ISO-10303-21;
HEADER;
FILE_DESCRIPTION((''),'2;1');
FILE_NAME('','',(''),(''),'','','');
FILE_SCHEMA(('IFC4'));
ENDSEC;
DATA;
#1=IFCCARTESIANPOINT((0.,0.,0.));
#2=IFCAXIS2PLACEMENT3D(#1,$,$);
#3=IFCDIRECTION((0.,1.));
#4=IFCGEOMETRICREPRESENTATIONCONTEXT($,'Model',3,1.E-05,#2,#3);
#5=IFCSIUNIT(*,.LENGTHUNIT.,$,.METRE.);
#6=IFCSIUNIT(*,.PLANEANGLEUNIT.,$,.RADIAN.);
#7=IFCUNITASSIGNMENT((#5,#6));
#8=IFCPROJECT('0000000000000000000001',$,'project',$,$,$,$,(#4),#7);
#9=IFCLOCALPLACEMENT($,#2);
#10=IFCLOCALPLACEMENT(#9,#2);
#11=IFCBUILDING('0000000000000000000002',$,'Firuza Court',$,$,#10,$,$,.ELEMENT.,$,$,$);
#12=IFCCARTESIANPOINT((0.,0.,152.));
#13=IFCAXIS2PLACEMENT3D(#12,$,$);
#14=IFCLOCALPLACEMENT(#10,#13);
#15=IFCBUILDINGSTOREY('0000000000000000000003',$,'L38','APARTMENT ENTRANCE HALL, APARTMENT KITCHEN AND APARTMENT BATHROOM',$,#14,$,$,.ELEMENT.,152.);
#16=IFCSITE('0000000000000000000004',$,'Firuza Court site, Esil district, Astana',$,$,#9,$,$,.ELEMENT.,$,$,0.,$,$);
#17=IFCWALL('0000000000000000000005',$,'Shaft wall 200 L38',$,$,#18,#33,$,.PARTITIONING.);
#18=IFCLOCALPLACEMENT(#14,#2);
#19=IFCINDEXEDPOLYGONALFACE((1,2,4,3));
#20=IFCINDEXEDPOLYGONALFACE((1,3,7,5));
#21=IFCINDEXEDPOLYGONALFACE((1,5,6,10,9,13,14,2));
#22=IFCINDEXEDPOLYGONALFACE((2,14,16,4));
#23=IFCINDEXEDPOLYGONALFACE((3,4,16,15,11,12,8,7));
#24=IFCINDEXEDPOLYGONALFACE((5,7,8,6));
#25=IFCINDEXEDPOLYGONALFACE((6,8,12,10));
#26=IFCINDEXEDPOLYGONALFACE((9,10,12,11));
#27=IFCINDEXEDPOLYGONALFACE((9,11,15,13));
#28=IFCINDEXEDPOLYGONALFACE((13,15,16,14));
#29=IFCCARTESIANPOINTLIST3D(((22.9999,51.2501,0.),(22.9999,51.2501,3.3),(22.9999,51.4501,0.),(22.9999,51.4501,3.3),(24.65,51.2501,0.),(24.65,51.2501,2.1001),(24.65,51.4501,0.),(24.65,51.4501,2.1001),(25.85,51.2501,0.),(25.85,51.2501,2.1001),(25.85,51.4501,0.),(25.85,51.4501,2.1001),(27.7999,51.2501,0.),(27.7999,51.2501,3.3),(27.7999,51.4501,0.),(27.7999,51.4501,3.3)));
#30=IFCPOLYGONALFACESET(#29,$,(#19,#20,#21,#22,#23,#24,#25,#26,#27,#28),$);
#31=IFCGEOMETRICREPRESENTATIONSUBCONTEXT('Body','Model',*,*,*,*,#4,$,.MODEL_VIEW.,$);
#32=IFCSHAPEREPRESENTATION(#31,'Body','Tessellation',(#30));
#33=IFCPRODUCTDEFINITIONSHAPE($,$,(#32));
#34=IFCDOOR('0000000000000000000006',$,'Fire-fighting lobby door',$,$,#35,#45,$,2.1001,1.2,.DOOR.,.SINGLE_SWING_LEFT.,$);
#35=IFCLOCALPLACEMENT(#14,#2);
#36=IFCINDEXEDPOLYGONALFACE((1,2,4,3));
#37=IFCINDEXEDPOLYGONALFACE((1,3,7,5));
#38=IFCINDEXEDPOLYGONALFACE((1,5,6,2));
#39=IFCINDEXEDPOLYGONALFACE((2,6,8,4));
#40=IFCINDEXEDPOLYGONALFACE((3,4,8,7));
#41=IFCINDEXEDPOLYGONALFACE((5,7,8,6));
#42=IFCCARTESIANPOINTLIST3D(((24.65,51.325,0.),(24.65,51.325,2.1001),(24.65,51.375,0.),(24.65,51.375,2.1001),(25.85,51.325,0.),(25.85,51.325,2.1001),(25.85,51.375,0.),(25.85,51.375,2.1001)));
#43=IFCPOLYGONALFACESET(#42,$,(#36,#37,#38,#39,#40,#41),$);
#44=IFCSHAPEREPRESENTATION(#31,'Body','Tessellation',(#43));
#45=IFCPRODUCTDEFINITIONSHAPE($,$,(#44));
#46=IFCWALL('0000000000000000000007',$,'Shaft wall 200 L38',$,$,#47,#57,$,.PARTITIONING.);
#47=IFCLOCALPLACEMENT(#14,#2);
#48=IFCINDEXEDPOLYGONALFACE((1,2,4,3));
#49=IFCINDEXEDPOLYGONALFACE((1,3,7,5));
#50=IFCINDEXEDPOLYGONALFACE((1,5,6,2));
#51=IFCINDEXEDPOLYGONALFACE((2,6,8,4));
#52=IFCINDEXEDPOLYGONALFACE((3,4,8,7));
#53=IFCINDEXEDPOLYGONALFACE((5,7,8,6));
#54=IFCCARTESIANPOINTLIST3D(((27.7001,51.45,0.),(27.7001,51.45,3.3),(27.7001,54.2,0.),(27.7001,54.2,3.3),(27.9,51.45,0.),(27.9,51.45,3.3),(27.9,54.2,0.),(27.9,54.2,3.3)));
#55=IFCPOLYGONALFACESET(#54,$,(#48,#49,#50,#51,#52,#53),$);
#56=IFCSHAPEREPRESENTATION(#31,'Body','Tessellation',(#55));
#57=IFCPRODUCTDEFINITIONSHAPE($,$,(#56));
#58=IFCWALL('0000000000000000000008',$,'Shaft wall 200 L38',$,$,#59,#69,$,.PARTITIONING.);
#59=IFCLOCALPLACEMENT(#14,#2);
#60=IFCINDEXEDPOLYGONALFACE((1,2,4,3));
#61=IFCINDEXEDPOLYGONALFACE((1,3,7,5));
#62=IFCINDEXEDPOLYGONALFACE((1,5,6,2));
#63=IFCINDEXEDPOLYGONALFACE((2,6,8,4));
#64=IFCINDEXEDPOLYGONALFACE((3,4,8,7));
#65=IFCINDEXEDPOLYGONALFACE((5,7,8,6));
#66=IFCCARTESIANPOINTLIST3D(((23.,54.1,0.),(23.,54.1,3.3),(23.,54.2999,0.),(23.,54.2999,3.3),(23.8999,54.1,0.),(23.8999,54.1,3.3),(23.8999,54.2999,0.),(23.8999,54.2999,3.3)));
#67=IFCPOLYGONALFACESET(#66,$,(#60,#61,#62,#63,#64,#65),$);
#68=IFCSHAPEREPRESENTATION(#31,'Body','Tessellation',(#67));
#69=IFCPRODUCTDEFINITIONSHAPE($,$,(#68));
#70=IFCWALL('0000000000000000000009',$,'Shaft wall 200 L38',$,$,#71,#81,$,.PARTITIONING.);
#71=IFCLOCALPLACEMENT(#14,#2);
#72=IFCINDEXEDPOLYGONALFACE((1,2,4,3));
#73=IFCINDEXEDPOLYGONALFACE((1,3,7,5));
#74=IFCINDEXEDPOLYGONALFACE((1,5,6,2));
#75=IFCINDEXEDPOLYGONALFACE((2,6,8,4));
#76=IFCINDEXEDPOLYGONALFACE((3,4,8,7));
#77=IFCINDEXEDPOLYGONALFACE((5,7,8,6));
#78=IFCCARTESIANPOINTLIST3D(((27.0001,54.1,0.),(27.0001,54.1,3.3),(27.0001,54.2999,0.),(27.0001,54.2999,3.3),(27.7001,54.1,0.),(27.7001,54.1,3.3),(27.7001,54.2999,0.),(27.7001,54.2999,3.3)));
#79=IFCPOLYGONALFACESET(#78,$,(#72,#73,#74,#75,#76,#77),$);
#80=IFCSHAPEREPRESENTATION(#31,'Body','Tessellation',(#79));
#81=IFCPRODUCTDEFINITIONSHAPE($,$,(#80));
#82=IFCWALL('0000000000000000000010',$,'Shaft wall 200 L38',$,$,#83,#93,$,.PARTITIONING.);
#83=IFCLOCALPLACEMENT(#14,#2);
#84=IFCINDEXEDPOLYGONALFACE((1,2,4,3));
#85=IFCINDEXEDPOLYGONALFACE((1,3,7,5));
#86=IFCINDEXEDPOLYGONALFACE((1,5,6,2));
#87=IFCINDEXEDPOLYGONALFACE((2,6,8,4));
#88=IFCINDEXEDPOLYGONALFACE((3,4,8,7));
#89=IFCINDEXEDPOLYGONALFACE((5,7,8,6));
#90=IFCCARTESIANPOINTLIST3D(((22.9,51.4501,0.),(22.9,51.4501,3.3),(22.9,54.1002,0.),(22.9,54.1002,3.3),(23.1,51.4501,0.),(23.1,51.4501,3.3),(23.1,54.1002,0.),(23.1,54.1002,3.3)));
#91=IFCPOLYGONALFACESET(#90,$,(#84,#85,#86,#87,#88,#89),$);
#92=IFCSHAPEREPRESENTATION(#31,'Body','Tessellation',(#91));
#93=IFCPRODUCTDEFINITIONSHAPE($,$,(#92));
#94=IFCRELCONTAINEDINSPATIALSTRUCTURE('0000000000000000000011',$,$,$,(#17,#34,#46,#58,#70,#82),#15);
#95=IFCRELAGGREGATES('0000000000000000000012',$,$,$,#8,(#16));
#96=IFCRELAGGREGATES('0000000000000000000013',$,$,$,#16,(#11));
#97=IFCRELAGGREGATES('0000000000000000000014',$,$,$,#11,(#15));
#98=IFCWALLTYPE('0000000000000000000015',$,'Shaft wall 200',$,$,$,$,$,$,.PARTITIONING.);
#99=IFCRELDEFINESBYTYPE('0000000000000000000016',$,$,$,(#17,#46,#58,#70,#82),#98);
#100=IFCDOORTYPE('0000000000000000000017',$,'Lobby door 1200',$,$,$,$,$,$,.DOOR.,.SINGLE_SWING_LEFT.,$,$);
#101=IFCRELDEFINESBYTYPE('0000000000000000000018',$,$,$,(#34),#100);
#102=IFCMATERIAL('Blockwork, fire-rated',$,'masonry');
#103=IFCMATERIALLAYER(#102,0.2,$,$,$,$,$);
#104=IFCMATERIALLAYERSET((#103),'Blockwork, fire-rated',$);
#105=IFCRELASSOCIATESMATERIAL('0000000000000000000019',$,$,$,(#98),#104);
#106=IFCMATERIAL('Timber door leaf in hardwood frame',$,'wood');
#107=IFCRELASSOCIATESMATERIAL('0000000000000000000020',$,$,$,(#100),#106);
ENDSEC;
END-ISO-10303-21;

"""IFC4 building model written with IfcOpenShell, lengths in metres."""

from ifc_helpers import new_model, si_unit, direction, frame, frame_2d, origin, place, context, subcontext, project, spatial, rectangle, extrude, material, layer, layer_set, type_object, element, fill, save


model = new_model("IFC4")

# Units and contexts
model_context = context("Model", 3, precision=1e-05, world=origin(), true_north=direction((0.0, 1.0)))
body_context = subcontext(model_context, "Body", "Model", "MODEL_VIEW")
ifc_project = project(units=[si_unit("LENGTHUNIT", "METRE"), si_unit("PLANEANGLEUNIT", "RADIAN")], contexts=[model_context])

# Site, building, storey
site_placement = place(None, origin())
site = spatial("IfcSite", under=ifc_project, at=site_placement, Name="Firuza Court site, Esil district, Astana", CompositionType="ELEMENT", RefElevation=0.0)
building_placement = place(site_placement, origin())
building = spatial("IfcBuilding", under=site, at=building_placement, Name="Firuza Court", CompositionType="ELEMENT")
storey_placement = place(building_placement, frame((0.0, 0.0, 152.0)))
storey = spatial("IfcBuildingStorey", under=building, at=storey_placement, Name="L38", Description="APARTMENT ENTRANCE HALL, APARTMENT KITCHEN AND APARTMENT BATHROOM", CompositionType="ELEMENT", Elevation=152.0)

# Shared definitions
ifc_material_1 = material(Name="Blockwork, fire-rated", Category="masonry")

# Wall, opening, door
ifc_layer_1 = layer(ifc_material_1, 0.2)
ifc_layer_set_1 = layer_set([ifc_layer_1], Name="Blockwork, fire-rated")
wall_type_1 = type_object("IfcWallType", Name="Shaft wall 200", PredefinedType="PARTITIONING", material=ifc_layer_set_1)
wall_1_placement = place(storey_placement, frame((23.0, 51.3501, 0.0), z_axis=(0.0, 0.0, 1.0), x_axis=(1.0, 0.0, 0.0)))
wall_1 = element("IfcWall", 1, at=wall_1_placement, inside=storey, type_object=wall_type_1, Name="Shaft wall 200 L38", PredefinedType="PARTITIONING", context=body_context, shape_type="SweptSolid", body=[
    extrude(rectangle(XDim=4.8, YDim=0.2, at=frame_2d((2.3999, 0.0))), origin(), (0.0, 0.0, 1.0), 3.3),
])
opening_1_placement = place(wall_1_placement, frame((1.6499, 0.0, 0.0)))
opening_1 = element("IfcOpeningElement", 2, at=opening_1_placement, cuts=wall_1, PredefinedType="OPENING", context=body_context, shape_type="SweptSolid", body=[
    extrude(rectangle(XDim=1.2, YDim=2.1001, at=frame_2d((0.6001, 1.05))), frame((0.0, 0.1118, 0.0), z_axis=(0.0, -1.0, 0.0), x_axis=(1.0, 0.0, 0.0)), (0.0, 0.0, 1.0), 0.2239),
])
ifc_material_2 = material(Name="Timber door leaf in hardwood frame", Category="wood")
door_type_1 = type_object("IfcDoorType", Name="Lobby door 1200", OperationType="SINGLE_SWING_LEFT", PredefinedType="DOOR", material=ifc_material_2)
door_1_placement = place(opening_1_placement, origin())
door_1 = element("IfcDoor", 3, at=door_1_placement, inside=storey, type_object=door_type_1, Name="Fire-fighting lobby door", OperationType="SINGLE_SWING_LEFT", OverallHeight=2.1001, OverallWidth=1.2, PredefinedType="DOOR", context=body_context, shape_type="SweptSolid", body=[
    extrude(rectangle(XDim=1.2, YDim=2.1001, at=frame_2d((0.6001, 1.05))), frame((0.0, 0.0249, 0.0), z_axis=(0.0, -1.0, 0.0), x_axis=(1.0, 0.0, 0.0)), (0.0, 0.0, 1.0), 0.05),
])
fill(opening_1, door_1)

# Walls
wall_2_placement = place(storey_placement, frame((27.8, 51.45, 0.0), z_axis=(0.0, 0.0, 1.0), x_axis=(0.0, 1.0, 0.0)))
element("IfcWall", 4, at=wall_2_placement, inside=storey, type_object=wall_type_1, Name="Shaft wall 200 L38", PredefinedType="PARTITIONING", context=body_context, shape_type="SweptSolid", body=[
    extrude(rectangle(XDim=2.75, YDim=0.2, at=frame_2d((1.375, 0.0))), origin(), (0.0, 0.0, 1.0), 3.3),
])
wall_3_placement = place(storey_placement, frame((23.0, 54.2, 0.0), z_axis=(0.0, 0.0, 1.0), x_axis=(1.0, 0.0, 0.0)))
element("IfcWall", 5, at=wall_3_placement, inside=storey, type_object=wall_type_1, Name="Shaft wall 200 L38", PredefinedType="PARTITIONING", context=body_context, shape_type="SweptSolid", body=[
    extrude(rectangle(XDim=0.8999, YDim=0.2, at=frame_2d((0.45, 0.0))), origin(), (0.0, 0.0, 1.0), 3.3),
])
wall_4_placement = place(storey_placement, frame((27.0, 54.2, 0.0), z_axis=(0.0, 0.0, 1.0), x_axis=(1.0, 0.0, 0.0)))
element("IfcWall", 6, at=wall_4_placement, inside=storey, type_object=wall_type_1, Name="Shaft wall 200 L38", PredefinedType="PARTITIONING", context=body_context, shape_type="SweptSolid", body=[
    extrude(rectangle(XDim=0.7, YDim=0.2, at=frame_2d((0.3501, 0.0))), origin(), (0.0, 0.0, 1.0), 3.3),
])
wall_5_placement = place(storey_placement, frame((23.0, 51.45, 0.0), z_axis=(0.0, 0.0, 1.0), x_axis=(0.0, 1.0, 0.0)))
element("IfcWall", 7, at=wall_5_placement, inside=storey, type_object=wall_type_1, Name="Shaft wall 200 L38", PredefinedType="PARTITIONING", context=body_context, shape_type="SweptSolid", body=[
    extrude(rectangle(XDim=2.6501, YDim=0.2, at=frame_2d((1.3252, 0.0))), origin(), (0.0, 0.0, 1.0), 3.3),
])

save(model, "model.ifc")
